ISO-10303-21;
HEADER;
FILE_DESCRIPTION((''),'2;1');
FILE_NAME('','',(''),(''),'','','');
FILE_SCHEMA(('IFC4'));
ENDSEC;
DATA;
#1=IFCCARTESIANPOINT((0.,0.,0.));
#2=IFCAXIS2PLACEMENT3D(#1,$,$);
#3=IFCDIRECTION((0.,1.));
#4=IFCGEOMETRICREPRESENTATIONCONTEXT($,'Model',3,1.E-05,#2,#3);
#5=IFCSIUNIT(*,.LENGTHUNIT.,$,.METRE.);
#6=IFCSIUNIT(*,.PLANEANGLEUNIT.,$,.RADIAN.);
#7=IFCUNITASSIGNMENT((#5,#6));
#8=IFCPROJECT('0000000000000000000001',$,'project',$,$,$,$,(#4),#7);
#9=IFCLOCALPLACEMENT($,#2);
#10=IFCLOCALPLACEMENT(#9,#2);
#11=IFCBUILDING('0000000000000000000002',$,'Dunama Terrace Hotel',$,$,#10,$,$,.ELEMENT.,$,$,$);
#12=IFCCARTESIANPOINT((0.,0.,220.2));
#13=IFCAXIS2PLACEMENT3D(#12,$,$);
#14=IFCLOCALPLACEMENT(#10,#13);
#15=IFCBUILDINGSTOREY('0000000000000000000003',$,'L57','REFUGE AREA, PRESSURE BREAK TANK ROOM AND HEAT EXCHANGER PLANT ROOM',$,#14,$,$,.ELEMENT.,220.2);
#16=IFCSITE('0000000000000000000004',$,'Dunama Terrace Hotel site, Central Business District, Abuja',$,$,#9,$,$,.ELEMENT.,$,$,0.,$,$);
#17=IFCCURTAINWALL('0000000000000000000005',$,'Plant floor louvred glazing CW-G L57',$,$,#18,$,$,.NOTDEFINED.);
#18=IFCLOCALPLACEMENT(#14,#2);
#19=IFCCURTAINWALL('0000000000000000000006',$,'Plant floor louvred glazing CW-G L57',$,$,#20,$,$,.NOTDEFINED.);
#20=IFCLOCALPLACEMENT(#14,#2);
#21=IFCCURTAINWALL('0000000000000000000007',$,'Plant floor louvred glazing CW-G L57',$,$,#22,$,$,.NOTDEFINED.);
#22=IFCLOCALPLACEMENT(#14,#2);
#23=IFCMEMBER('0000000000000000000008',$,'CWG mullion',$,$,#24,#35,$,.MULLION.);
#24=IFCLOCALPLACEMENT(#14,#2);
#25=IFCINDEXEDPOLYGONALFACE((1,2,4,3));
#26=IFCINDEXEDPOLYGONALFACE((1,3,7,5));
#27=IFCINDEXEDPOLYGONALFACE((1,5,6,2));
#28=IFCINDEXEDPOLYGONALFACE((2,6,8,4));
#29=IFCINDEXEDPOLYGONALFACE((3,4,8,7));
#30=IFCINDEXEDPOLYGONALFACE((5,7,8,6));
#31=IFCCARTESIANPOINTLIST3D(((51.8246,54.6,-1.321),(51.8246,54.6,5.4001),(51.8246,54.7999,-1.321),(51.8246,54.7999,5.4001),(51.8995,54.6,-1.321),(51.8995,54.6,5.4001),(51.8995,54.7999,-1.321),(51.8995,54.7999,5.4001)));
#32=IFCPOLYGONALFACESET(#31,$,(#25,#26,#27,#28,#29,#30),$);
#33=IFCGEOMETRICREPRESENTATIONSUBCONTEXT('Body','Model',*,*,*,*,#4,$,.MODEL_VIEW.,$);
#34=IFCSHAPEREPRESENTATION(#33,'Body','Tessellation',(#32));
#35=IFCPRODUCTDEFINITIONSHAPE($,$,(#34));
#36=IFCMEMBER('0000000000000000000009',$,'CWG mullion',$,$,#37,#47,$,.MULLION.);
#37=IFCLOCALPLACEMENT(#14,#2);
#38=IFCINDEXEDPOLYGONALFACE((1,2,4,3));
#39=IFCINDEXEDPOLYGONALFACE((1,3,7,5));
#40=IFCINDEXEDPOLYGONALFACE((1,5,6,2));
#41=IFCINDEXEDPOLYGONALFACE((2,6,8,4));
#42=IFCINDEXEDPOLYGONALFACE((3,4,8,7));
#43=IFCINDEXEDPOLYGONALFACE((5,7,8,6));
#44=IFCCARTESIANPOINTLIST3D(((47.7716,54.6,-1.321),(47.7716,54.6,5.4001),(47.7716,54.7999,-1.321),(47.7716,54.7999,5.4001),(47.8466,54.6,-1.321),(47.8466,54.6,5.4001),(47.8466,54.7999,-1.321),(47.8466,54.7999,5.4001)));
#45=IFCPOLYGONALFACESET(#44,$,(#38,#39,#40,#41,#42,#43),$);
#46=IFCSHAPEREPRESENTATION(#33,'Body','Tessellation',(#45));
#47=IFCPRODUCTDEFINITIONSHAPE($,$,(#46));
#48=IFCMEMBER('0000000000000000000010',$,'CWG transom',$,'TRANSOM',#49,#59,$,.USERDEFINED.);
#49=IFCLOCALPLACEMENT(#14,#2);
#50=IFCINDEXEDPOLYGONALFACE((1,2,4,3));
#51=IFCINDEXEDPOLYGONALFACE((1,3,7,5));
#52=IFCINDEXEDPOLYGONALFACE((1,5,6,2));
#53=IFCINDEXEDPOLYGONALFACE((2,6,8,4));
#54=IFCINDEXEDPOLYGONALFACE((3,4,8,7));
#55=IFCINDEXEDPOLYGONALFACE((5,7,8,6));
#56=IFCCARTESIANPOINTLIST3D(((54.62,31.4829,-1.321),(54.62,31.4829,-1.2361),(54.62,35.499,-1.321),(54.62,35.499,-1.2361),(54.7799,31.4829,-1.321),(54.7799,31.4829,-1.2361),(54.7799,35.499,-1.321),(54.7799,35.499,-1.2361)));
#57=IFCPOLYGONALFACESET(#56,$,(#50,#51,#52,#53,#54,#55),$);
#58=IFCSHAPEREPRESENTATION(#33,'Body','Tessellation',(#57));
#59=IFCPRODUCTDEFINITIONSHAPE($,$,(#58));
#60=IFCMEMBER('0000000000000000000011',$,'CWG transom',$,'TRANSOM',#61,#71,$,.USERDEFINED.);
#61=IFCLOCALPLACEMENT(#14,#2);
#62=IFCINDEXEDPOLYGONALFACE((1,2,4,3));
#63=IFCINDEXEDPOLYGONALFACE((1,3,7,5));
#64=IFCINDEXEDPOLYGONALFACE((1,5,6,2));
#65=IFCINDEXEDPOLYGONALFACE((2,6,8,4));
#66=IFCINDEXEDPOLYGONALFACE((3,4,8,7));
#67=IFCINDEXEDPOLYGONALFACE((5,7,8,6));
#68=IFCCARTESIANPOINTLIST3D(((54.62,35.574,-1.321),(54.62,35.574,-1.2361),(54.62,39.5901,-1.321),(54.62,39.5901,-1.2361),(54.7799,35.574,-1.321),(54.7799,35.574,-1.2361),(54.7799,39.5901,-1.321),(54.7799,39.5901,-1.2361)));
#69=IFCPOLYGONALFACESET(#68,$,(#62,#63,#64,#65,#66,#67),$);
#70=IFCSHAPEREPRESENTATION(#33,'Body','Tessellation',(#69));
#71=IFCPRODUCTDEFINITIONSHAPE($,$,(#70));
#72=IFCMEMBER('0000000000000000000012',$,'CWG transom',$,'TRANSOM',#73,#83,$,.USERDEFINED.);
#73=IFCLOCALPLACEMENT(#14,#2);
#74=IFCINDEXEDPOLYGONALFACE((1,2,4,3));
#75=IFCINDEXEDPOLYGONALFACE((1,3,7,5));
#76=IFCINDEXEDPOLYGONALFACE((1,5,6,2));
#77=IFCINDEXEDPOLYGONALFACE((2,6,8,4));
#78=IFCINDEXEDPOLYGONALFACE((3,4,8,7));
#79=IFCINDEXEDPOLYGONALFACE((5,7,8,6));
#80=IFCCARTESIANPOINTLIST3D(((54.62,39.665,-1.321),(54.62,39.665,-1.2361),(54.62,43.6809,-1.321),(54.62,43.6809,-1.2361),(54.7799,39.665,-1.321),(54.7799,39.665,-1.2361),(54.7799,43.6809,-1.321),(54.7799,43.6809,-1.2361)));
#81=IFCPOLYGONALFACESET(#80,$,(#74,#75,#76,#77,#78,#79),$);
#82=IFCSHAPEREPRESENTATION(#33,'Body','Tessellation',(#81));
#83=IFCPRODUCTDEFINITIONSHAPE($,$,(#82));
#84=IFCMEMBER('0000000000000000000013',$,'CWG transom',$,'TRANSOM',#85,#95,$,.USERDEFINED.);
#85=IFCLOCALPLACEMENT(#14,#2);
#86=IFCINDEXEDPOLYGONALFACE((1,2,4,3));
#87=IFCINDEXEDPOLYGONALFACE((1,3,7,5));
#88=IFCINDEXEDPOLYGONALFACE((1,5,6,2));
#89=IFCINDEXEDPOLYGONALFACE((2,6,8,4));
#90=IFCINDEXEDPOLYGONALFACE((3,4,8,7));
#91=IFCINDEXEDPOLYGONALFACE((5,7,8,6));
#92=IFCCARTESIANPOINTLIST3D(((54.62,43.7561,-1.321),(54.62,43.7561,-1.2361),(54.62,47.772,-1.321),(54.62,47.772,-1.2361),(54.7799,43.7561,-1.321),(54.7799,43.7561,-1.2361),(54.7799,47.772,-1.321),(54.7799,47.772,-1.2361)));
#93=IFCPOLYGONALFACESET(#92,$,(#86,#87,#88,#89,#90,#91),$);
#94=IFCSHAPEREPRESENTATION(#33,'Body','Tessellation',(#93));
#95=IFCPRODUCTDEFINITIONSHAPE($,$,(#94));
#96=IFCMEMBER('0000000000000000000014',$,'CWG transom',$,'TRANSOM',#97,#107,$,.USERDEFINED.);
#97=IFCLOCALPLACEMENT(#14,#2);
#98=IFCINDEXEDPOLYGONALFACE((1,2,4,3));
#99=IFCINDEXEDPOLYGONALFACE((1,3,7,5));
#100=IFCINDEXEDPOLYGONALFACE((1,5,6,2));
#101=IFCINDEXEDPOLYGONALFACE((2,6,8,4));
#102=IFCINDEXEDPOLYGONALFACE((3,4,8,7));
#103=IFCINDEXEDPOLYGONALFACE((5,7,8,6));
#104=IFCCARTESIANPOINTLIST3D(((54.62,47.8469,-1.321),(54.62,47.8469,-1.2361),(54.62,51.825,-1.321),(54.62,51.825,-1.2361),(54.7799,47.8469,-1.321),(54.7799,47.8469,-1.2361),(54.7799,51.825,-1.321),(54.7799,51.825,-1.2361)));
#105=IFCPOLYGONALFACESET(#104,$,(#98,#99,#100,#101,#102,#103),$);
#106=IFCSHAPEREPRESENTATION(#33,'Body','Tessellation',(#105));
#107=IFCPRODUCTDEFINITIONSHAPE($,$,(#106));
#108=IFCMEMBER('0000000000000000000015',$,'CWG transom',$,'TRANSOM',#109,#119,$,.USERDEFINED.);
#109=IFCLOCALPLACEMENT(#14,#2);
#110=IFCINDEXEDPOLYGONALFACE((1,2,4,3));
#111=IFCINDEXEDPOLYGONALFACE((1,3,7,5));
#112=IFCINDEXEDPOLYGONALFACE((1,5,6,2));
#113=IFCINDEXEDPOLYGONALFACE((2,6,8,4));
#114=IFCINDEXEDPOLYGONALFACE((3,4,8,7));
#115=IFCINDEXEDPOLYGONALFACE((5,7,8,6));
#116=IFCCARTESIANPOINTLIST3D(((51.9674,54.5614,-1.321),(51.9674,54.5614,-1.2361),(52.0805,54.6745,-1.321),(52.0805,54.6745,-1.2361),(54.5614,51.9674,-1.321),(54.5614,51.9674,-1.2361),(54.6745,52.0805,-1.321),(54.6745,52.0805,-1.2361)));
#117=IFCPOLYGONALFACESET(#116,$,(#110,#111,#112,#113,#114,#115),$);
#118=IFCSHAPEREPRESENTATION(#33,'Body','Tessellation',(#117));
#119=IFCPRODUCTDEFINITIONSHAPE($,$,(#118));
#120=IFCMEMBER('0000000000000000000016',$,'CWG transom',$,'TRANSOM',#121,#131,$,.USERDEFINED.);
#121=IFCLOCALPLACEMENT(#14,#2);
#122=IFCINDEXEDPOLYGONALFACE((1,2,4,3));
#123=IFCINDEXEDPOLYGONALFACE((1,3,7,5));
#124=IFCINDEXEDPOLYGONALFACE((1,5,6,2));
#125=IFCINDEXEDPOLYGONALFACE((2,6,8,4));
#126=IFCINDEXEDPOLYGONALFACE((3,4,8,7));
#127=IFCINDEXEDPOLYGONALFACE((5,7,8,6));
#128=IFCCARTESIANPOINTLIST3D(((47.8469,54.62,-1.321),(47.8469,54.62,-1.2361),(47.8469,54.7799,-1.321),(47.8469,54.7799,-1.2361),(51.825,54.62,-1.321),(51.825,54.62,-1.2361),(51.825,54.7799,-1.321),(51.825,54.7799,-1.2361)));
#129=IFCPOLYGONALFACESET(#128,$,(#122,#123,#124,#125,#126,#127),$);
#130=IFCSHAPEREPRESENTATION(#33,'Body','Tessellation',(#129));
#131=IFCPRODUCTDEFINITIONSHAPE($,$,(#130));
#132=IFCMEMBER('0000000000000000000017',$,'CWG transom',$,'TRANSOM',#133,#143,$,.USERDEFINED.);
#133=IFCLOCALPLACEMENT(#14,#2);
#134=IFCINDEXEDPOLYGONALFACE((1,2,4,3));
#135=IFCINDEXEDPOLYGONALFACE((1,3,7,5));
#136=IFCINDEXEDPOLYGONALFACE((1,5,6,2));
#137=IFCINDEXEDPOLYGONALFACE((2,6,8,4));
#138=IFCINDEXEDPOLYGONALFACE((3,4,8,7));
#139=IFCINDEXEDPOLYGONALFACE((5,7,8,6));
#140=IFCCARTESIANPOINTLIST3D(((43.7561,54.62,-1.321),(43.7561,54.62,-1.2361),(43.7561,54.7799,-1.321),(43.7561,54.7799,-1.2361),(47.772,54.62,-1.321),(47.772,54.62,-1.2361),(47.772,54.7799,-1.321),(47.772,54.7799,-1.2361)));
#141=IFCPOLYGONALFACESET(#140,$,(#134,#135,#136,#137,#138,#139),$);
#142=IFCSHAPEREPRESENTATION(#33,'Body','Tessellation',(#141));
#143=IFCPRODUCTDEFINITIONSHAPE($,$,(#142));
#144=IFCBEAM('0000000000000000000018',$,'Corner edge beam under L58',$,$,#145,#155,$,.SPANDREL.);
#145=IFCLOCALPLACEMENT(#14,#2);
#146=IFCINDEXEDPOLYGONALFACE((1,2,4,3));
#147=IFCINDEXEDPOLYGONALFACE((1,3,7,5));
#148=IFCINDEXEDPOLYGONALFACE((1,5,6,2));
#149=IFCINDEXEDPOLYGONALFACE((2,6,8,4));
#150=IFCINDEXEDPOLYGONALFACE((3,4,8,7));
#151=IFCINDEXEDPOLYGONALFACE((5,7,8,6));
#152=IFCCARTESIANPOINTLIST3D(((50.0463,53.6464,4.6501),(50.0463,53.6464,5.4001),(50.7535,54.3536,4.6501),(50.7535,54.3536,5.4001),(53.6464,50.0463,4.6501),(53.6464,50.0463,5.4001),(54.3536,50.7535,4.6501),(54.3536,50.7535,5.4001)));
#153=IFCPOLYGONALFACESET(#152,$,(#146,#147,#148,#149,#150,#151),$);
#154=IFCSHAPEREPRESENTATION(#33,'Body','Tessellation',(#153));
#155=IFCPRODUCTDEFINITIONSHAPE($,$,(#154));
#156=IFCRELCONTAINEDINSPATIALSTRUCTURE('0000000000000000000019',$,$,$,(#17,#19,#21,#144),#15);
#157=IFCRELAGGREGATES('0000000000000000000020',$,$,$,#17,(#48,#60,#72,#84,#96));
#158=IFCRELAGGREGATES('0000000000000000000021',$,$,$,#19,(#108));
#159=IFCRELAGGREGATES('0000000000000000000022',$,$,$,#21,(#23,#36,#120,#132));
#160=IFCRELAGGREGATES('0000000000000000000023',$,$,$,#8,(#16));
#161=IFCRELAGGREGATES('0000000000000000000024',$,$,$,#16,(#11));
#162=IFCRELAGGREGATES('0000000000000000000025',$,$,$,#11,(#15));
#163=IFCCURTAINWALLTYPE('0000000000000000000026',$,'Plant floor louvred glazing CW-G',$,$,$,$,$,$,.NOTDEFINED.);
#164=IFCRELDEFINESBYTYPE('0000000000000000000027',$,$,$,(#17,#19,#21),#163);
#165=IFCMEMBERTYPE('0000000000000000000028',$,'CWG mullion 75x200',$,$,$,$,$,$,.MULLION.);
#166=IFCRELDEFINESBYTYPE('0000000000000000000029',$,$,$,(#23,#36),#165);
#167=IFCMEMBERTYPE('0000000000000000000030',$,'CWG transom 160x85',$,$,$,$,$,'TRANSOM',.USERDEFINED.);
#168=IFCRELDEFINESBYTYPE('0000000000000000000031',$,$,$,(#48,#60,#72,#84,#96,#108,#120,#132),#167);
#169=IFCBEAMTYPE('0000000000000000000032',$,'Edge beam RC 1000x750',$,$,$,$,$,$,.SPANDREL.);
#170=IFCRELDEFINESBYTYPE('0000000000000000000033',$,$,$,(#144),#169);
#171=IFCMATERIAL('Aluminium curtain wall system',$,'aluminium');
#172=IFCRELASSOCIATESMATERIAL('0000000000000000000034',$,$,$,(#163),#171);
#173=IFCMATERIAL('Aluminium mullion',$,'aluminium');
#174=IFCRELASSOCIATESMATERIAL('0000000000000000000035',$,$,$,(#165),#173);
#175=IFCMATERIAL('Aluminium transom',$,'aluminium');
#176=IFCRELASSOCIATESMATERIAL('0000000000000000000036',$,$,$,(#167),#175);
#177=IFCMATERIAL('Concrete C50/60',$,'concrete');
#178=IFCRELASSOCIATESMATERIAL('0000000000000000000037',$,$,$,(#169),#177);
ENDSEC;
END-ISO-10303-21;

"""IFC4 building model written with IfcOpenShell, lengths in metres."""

from ifc_helpers import new_model, si_unit, direction, frame, origin, origin_2d, place, context, subcontext, project, spatial, rectangle, extrude, material, material_profile, profile_set, type_object, element, aggregate, save


model = new_model("IFC4")

# Units and contexts
model_context = context("Model", 3, precision=1e-05, world=origin(), true_north=direction((0.0, 1.0)))
body_context = subcontext(model_context, "Body", "Model", "MODEL_VIEW")
ifc_project = project(units=[si_unit("LENGTHUNIT", "METRE"), si_unit("PLANEANGLEUNIT", "RADIAN")], contexts=[model_context])

# Site, building, storey
site_placement = place(None, origin())
site = spatial("IfcSite", under=ifc_project, at=site_placement, Name="Dunama Terrace Hotel site, Central Business District, Abuja", CompositionType="ELEMENT", RefElevation=0.0)
building_placement = place(site_placement, origin())
building = spatial("IfcBuilding", under=site, at=building_placement, Name="Dunama Terrace Hotel", CompositionType="ELEMENT")
storey_placement = place(building_placement, frame((0.0, 0.0, 220.2)))
storey = spatial("IfcBuildingStorey", under=building, at=storey_placement, Name="L57", Description="REFUGE AREA, PRESSURE BREAK TANK ROOM AND HEAT EXCHANGER PLANT ROOM", CompositionType="ELEMENT", Elevation=220.2)

# Curtain walls, members
ifc_material_1 = material(Name="Aluminium curtain wall system", Category="aluminium")
curtain_wall_type = type_object("IfcCurtainWallType", Name="Plant floor louvred glazing CW-G", PredefinedType="NOTDEFINED", material=ifc_material_1)
curtain_wall_1_placement = place(storey_placement, origin())
curtain_wall_1 = element("IfcCurtainWall", 1, at=curtain_wall_1_placement, inside=storey, type_object=curtain_wall_type, Name="Plant floor louvred glazing CW-G L57", PredefinedType="NOTDEFINED")
ifc_material_2 = material(Name="Aluminium mullion", Category="aluminium")
ifc_material_profile_1 = material_profile(ifc_material_2, rectangle(XDim=0.075, YDim=0.2, at=origin_2d()), Name="CWG MULLION 75X200")
ifc_profile_set_1 = profile_set([ifc_material_profile_1], Name="Aluminium mullion")
member_type_1 = type_object("IfcMemberType", Name="CWG mullion 75x200", PredefinedType="MULLION", material=ifc_profile_set_1)
curtain_wall_2_placement = place(storey_placement, origin())
curtain_wall_2 = element("IfcCurtainWall", 2, at=curtain_wall_2_placement, inside=storey, type_object=curtain_wall_type, Name="Plant floor louvred glazing CW-G L57", PredefinedType="NOTDEFINED")
curtain_wall_3_placement = place(storey_placement, origin())
curtain_wall_3 = element("IfcCurtainWall", 3, at=curtain_wall_3_placement, inside=storey, type_object=curtain_wall_type, Name="Plant floor louvred glazing CW-G L57", PredefinedType="NOTDEFINED")
member_1_placement = place(storey_placement, frame((51.8621, 54.7, -1.321), z_axis=(0.0, 0.0, 1.0), x_axis=(-1.0, 0.0, 0.0)))
member_1 = element("IfcMember", 4, at=member_1_placement, type_object=member_type_1, Name="CWG mullion", PredefinedType="MULLION", context=body_context, shape_type="SweptSolid", body=[
    extrude(rectangle(XDim=0.075, YDim=0.2, at=origin_2d()), origin(), (0.0, 0.0, 1.0), 6.7212),
])
member_2_placement = place(storey_placement, frame((47.8091, 54.7, -1.321), z_axis=(0.0, 0.0, 1.0), x_axis=(-1.0, 0.0, 0.0)))
member_2 = element("IfcMember", 5, at=member_2_placement, type_object=member_type_1, Name="CWG mullion", PredefinedType="MULLION", context=body_context, shape_type="SweptSolid", body=[
    extrude(rectangle(XDim=0.075, YDim=0.2, at=origin_2d()), origin(), (0.0, 0.0, 1.0), 6.7212),
])

# Members
ifc_material_3 = material(Name="Aluminium transom", Category="aluminium")
ifc_material_profile_2 = material_profile(ifc_material_3, rectangle(XDim=0.1599, YDim=0.085, at=origin_2d()), Name="CWG TRANSOM 160X85")
ifc_profile_set_2 = profile_set([ifc_material_profile_2], Name="Aluminium transom")
member_type_2 = type_object("IfcMemberType", Name="CWG transom 160x85", ElementType="TRANSOM", PredefinedType="USERDEFINED", material=ifc_profile_set_2)
member_3_placement = place(storey_placement, frame((54.7, 31.4829, -1.2786), z_axis=(0.0, 1.0, 0.0), x_axis=(-1.0, 0.0, 0.0)))
member_3 = element("IfcMember", 6, at=member_3_placement, type_object=member_type_2, Name="CWG transom", ObjectType="TRANSOM", PredefinedType="USERDEFINED", context=body_context, shape_type="SweptSolid", body=[
    extrude(rectangle(XDim=0.1599, YDim=0.085, at=origin_2d()), origin(), (0.0, 0.0, 1.0), 4.0161),
])
member_4_placement = place(storey_placement, frame((54.7, 35.574, -1.2786), z_axis=(0.0, 1.0, 0.0), x_axis=(-1.0, 0.0, 0.0)))
member_4 = element("IfcMember", 7, at=member_4_placement, type_object=member_type_2, Name="CWG transom", ObjectType="TRANSOM", PredefinedType="USERDEFINED", context=body_context, shape_type="SweptSolid", body=[
    extrude(rectangle(XDim=0.1599, YDim=0.085, at=origin_2d()), origin(), (0.0, 0.0, 1.0), 4.0161),
])
member_5_placement = place(storey_placement, frame((54.7, 39.665, -1.2786), z_axis=(0.0, 1.0, 0.0), x_axis=(-1.0, 0.0, 0.0)))
member_5 = element("IfcMember", 8, at=member_5_placement, type_object=member_type_2, Name="CWG transom", ObjectType="TRANSOM", PredefinedType="USERDEFINED", context=body_context, shape_type="SweptSolid", body=[
    extrude(rectangle(XDim=0.1599, YDim=0.085, at=origin_2d()), origin(), (0.0, 0.0, 1.0), 4.0159),
])
member_6_placement = place(storey_placement, frame((54.7, 43.7561, -1.2786), z_axis=(0.0, 1.0, 0.0), x_axis=(-1.0, 0.0, 0.0)))
member_6 = element("IfcMember", 9, at=member_6_placement, type_object=member_type_2, Name="CWG transom", ObjectType="TRANSOM", PredefinedType="USERDEFINED", context=body_context, shape_type="SweptSolid", body=[
    extrude(rectangle(XDim=0.1599, YDim=0.085, at=origin_2d()), origin(), (0.0, 0.0, 1.0), 4.0159),
])
member_7_placement = place(storey_placement, frame((54.7, 47.8469, -1.2786), z_axis=(0.0, 1.0, 0.0), x_axis=(-1.0, 0.0, 0.0)))
member_7 = element("IfcMember", 10, at=member_7_placement, type_object=member_type_2, Name="CWG transom", ObjectType="TRANSOM", PredefinedType="USERDEFINED", context=body_context, shape_type="SweptSolid", body=[
    extrude(rectangle(XDim=0.1599, YDim=0.085, at=origin_2d()), origin(), (0.0, 0.0, 1.0), 3.978),
])
member_8_placement = place(storey_placement, frame((54.6179, 52.0239, -1.2786), z_axis=(-0.707107, 0.707107, 0.0), x_axis=(-0.707107, -0.707107, 0.0)))
member_8 = element("IfcMember", 11, at=member_8_placement, type_object=member_type_2, Name="CWG transom", ObjectType="TRANSOM", PredefinedType="USERDEFINED", context=body_context, shape_type="SweptSolid", body=[
    extrude(rectangle(XDim=0.1599, YDim=0.085, at=origin_2d()), origin(), (0.0, 0.0, 1.0), 3.6685),
])
member_9_placement = place(storey_placement, frame((51.825, 54.7, -1.2786), z_axis=(-1.0, 0.0, 0.0), x_axis=(0.0, -1.0, 0.0)))
member_9 = element("IfcMember", 12, at=member_9_placement, type_object=member_type_2, Name="CWG transom", ObjectType="TRANSOM", PredefinedType="USERDEFINED", context=body_context, shape_type="SweptSolid", body=[
    extrude(rectangle(XDim=0.1599, YDim=0.085, at=origin_2d()), origin(), (0.0, 0.0, 1.0), 3.978),
])
member_10_placement = place(storey_placement, frame((47.772, 54.7, -1.2786), z_axis=(-1.0, 0.0, 0.0), x_axis=(0.0, -1.0, 0.0)))
member_10 = element("IfcMember", 13, at=member_10_placement, type_object=member_type_2, Name="CWG transom", ObjectType="TRANSOM", PredefinedType="USERDEFINED", context=body_context, shape_type="SweptSolid", body=[
    extrude(rectangle(XDim=0.1599, YDim=0.085, at=origin_2d()), origin(), (0.0, 0.0, 1.0), 4.0159),
])

# Beam
ifc_material_4 = material(Name="Concrete C50/60", Category="concrete")
ifc_material_profile_3 = material_profile(ifc_material_4, rectangle(XDim=1.0, YDim=0.75, at=origin_2d()), Name="RC 1000x750")
ifc_profile_set_3 = profile_set([ifc_material_profile_3], Name="Concrete C50/60")
beam_type = type_object("IfcBeamType", Name="Edge beam RC 1000x750", PredefinedType="SPANDREL", material=ifc_profile_set_3)
beam_placement = place(storey_placement, frame((50.3999, 54.0, 5.0251), z_axis=(0.707107, -0.707107, 0.0), x_axis=(0.707107, 0.707107, 0.0)))
element("IfcBeam", 14, at=beam_placement, inside=storey, type_object=beam_type, Name="Corner edge beam under L58", PredefinedType="SPANDREL", context=body_context, shape_type="SweptSolid", body=[
    extrude(rectangle(XDim=1.0, YDim=0.75, at=origin_2d()), origin(), (0.0, 0.0, 1.0), 5.0913),
])

aggregate(curtain_wall_1, [member_3, member_4, member_5, member_6, member_7])
aggregate(curtain_wall_2, [member_8])
aggregate(curtain_wall_3, [member_1, member_2, member_9, member_10])

save(model, "model.ifc")
